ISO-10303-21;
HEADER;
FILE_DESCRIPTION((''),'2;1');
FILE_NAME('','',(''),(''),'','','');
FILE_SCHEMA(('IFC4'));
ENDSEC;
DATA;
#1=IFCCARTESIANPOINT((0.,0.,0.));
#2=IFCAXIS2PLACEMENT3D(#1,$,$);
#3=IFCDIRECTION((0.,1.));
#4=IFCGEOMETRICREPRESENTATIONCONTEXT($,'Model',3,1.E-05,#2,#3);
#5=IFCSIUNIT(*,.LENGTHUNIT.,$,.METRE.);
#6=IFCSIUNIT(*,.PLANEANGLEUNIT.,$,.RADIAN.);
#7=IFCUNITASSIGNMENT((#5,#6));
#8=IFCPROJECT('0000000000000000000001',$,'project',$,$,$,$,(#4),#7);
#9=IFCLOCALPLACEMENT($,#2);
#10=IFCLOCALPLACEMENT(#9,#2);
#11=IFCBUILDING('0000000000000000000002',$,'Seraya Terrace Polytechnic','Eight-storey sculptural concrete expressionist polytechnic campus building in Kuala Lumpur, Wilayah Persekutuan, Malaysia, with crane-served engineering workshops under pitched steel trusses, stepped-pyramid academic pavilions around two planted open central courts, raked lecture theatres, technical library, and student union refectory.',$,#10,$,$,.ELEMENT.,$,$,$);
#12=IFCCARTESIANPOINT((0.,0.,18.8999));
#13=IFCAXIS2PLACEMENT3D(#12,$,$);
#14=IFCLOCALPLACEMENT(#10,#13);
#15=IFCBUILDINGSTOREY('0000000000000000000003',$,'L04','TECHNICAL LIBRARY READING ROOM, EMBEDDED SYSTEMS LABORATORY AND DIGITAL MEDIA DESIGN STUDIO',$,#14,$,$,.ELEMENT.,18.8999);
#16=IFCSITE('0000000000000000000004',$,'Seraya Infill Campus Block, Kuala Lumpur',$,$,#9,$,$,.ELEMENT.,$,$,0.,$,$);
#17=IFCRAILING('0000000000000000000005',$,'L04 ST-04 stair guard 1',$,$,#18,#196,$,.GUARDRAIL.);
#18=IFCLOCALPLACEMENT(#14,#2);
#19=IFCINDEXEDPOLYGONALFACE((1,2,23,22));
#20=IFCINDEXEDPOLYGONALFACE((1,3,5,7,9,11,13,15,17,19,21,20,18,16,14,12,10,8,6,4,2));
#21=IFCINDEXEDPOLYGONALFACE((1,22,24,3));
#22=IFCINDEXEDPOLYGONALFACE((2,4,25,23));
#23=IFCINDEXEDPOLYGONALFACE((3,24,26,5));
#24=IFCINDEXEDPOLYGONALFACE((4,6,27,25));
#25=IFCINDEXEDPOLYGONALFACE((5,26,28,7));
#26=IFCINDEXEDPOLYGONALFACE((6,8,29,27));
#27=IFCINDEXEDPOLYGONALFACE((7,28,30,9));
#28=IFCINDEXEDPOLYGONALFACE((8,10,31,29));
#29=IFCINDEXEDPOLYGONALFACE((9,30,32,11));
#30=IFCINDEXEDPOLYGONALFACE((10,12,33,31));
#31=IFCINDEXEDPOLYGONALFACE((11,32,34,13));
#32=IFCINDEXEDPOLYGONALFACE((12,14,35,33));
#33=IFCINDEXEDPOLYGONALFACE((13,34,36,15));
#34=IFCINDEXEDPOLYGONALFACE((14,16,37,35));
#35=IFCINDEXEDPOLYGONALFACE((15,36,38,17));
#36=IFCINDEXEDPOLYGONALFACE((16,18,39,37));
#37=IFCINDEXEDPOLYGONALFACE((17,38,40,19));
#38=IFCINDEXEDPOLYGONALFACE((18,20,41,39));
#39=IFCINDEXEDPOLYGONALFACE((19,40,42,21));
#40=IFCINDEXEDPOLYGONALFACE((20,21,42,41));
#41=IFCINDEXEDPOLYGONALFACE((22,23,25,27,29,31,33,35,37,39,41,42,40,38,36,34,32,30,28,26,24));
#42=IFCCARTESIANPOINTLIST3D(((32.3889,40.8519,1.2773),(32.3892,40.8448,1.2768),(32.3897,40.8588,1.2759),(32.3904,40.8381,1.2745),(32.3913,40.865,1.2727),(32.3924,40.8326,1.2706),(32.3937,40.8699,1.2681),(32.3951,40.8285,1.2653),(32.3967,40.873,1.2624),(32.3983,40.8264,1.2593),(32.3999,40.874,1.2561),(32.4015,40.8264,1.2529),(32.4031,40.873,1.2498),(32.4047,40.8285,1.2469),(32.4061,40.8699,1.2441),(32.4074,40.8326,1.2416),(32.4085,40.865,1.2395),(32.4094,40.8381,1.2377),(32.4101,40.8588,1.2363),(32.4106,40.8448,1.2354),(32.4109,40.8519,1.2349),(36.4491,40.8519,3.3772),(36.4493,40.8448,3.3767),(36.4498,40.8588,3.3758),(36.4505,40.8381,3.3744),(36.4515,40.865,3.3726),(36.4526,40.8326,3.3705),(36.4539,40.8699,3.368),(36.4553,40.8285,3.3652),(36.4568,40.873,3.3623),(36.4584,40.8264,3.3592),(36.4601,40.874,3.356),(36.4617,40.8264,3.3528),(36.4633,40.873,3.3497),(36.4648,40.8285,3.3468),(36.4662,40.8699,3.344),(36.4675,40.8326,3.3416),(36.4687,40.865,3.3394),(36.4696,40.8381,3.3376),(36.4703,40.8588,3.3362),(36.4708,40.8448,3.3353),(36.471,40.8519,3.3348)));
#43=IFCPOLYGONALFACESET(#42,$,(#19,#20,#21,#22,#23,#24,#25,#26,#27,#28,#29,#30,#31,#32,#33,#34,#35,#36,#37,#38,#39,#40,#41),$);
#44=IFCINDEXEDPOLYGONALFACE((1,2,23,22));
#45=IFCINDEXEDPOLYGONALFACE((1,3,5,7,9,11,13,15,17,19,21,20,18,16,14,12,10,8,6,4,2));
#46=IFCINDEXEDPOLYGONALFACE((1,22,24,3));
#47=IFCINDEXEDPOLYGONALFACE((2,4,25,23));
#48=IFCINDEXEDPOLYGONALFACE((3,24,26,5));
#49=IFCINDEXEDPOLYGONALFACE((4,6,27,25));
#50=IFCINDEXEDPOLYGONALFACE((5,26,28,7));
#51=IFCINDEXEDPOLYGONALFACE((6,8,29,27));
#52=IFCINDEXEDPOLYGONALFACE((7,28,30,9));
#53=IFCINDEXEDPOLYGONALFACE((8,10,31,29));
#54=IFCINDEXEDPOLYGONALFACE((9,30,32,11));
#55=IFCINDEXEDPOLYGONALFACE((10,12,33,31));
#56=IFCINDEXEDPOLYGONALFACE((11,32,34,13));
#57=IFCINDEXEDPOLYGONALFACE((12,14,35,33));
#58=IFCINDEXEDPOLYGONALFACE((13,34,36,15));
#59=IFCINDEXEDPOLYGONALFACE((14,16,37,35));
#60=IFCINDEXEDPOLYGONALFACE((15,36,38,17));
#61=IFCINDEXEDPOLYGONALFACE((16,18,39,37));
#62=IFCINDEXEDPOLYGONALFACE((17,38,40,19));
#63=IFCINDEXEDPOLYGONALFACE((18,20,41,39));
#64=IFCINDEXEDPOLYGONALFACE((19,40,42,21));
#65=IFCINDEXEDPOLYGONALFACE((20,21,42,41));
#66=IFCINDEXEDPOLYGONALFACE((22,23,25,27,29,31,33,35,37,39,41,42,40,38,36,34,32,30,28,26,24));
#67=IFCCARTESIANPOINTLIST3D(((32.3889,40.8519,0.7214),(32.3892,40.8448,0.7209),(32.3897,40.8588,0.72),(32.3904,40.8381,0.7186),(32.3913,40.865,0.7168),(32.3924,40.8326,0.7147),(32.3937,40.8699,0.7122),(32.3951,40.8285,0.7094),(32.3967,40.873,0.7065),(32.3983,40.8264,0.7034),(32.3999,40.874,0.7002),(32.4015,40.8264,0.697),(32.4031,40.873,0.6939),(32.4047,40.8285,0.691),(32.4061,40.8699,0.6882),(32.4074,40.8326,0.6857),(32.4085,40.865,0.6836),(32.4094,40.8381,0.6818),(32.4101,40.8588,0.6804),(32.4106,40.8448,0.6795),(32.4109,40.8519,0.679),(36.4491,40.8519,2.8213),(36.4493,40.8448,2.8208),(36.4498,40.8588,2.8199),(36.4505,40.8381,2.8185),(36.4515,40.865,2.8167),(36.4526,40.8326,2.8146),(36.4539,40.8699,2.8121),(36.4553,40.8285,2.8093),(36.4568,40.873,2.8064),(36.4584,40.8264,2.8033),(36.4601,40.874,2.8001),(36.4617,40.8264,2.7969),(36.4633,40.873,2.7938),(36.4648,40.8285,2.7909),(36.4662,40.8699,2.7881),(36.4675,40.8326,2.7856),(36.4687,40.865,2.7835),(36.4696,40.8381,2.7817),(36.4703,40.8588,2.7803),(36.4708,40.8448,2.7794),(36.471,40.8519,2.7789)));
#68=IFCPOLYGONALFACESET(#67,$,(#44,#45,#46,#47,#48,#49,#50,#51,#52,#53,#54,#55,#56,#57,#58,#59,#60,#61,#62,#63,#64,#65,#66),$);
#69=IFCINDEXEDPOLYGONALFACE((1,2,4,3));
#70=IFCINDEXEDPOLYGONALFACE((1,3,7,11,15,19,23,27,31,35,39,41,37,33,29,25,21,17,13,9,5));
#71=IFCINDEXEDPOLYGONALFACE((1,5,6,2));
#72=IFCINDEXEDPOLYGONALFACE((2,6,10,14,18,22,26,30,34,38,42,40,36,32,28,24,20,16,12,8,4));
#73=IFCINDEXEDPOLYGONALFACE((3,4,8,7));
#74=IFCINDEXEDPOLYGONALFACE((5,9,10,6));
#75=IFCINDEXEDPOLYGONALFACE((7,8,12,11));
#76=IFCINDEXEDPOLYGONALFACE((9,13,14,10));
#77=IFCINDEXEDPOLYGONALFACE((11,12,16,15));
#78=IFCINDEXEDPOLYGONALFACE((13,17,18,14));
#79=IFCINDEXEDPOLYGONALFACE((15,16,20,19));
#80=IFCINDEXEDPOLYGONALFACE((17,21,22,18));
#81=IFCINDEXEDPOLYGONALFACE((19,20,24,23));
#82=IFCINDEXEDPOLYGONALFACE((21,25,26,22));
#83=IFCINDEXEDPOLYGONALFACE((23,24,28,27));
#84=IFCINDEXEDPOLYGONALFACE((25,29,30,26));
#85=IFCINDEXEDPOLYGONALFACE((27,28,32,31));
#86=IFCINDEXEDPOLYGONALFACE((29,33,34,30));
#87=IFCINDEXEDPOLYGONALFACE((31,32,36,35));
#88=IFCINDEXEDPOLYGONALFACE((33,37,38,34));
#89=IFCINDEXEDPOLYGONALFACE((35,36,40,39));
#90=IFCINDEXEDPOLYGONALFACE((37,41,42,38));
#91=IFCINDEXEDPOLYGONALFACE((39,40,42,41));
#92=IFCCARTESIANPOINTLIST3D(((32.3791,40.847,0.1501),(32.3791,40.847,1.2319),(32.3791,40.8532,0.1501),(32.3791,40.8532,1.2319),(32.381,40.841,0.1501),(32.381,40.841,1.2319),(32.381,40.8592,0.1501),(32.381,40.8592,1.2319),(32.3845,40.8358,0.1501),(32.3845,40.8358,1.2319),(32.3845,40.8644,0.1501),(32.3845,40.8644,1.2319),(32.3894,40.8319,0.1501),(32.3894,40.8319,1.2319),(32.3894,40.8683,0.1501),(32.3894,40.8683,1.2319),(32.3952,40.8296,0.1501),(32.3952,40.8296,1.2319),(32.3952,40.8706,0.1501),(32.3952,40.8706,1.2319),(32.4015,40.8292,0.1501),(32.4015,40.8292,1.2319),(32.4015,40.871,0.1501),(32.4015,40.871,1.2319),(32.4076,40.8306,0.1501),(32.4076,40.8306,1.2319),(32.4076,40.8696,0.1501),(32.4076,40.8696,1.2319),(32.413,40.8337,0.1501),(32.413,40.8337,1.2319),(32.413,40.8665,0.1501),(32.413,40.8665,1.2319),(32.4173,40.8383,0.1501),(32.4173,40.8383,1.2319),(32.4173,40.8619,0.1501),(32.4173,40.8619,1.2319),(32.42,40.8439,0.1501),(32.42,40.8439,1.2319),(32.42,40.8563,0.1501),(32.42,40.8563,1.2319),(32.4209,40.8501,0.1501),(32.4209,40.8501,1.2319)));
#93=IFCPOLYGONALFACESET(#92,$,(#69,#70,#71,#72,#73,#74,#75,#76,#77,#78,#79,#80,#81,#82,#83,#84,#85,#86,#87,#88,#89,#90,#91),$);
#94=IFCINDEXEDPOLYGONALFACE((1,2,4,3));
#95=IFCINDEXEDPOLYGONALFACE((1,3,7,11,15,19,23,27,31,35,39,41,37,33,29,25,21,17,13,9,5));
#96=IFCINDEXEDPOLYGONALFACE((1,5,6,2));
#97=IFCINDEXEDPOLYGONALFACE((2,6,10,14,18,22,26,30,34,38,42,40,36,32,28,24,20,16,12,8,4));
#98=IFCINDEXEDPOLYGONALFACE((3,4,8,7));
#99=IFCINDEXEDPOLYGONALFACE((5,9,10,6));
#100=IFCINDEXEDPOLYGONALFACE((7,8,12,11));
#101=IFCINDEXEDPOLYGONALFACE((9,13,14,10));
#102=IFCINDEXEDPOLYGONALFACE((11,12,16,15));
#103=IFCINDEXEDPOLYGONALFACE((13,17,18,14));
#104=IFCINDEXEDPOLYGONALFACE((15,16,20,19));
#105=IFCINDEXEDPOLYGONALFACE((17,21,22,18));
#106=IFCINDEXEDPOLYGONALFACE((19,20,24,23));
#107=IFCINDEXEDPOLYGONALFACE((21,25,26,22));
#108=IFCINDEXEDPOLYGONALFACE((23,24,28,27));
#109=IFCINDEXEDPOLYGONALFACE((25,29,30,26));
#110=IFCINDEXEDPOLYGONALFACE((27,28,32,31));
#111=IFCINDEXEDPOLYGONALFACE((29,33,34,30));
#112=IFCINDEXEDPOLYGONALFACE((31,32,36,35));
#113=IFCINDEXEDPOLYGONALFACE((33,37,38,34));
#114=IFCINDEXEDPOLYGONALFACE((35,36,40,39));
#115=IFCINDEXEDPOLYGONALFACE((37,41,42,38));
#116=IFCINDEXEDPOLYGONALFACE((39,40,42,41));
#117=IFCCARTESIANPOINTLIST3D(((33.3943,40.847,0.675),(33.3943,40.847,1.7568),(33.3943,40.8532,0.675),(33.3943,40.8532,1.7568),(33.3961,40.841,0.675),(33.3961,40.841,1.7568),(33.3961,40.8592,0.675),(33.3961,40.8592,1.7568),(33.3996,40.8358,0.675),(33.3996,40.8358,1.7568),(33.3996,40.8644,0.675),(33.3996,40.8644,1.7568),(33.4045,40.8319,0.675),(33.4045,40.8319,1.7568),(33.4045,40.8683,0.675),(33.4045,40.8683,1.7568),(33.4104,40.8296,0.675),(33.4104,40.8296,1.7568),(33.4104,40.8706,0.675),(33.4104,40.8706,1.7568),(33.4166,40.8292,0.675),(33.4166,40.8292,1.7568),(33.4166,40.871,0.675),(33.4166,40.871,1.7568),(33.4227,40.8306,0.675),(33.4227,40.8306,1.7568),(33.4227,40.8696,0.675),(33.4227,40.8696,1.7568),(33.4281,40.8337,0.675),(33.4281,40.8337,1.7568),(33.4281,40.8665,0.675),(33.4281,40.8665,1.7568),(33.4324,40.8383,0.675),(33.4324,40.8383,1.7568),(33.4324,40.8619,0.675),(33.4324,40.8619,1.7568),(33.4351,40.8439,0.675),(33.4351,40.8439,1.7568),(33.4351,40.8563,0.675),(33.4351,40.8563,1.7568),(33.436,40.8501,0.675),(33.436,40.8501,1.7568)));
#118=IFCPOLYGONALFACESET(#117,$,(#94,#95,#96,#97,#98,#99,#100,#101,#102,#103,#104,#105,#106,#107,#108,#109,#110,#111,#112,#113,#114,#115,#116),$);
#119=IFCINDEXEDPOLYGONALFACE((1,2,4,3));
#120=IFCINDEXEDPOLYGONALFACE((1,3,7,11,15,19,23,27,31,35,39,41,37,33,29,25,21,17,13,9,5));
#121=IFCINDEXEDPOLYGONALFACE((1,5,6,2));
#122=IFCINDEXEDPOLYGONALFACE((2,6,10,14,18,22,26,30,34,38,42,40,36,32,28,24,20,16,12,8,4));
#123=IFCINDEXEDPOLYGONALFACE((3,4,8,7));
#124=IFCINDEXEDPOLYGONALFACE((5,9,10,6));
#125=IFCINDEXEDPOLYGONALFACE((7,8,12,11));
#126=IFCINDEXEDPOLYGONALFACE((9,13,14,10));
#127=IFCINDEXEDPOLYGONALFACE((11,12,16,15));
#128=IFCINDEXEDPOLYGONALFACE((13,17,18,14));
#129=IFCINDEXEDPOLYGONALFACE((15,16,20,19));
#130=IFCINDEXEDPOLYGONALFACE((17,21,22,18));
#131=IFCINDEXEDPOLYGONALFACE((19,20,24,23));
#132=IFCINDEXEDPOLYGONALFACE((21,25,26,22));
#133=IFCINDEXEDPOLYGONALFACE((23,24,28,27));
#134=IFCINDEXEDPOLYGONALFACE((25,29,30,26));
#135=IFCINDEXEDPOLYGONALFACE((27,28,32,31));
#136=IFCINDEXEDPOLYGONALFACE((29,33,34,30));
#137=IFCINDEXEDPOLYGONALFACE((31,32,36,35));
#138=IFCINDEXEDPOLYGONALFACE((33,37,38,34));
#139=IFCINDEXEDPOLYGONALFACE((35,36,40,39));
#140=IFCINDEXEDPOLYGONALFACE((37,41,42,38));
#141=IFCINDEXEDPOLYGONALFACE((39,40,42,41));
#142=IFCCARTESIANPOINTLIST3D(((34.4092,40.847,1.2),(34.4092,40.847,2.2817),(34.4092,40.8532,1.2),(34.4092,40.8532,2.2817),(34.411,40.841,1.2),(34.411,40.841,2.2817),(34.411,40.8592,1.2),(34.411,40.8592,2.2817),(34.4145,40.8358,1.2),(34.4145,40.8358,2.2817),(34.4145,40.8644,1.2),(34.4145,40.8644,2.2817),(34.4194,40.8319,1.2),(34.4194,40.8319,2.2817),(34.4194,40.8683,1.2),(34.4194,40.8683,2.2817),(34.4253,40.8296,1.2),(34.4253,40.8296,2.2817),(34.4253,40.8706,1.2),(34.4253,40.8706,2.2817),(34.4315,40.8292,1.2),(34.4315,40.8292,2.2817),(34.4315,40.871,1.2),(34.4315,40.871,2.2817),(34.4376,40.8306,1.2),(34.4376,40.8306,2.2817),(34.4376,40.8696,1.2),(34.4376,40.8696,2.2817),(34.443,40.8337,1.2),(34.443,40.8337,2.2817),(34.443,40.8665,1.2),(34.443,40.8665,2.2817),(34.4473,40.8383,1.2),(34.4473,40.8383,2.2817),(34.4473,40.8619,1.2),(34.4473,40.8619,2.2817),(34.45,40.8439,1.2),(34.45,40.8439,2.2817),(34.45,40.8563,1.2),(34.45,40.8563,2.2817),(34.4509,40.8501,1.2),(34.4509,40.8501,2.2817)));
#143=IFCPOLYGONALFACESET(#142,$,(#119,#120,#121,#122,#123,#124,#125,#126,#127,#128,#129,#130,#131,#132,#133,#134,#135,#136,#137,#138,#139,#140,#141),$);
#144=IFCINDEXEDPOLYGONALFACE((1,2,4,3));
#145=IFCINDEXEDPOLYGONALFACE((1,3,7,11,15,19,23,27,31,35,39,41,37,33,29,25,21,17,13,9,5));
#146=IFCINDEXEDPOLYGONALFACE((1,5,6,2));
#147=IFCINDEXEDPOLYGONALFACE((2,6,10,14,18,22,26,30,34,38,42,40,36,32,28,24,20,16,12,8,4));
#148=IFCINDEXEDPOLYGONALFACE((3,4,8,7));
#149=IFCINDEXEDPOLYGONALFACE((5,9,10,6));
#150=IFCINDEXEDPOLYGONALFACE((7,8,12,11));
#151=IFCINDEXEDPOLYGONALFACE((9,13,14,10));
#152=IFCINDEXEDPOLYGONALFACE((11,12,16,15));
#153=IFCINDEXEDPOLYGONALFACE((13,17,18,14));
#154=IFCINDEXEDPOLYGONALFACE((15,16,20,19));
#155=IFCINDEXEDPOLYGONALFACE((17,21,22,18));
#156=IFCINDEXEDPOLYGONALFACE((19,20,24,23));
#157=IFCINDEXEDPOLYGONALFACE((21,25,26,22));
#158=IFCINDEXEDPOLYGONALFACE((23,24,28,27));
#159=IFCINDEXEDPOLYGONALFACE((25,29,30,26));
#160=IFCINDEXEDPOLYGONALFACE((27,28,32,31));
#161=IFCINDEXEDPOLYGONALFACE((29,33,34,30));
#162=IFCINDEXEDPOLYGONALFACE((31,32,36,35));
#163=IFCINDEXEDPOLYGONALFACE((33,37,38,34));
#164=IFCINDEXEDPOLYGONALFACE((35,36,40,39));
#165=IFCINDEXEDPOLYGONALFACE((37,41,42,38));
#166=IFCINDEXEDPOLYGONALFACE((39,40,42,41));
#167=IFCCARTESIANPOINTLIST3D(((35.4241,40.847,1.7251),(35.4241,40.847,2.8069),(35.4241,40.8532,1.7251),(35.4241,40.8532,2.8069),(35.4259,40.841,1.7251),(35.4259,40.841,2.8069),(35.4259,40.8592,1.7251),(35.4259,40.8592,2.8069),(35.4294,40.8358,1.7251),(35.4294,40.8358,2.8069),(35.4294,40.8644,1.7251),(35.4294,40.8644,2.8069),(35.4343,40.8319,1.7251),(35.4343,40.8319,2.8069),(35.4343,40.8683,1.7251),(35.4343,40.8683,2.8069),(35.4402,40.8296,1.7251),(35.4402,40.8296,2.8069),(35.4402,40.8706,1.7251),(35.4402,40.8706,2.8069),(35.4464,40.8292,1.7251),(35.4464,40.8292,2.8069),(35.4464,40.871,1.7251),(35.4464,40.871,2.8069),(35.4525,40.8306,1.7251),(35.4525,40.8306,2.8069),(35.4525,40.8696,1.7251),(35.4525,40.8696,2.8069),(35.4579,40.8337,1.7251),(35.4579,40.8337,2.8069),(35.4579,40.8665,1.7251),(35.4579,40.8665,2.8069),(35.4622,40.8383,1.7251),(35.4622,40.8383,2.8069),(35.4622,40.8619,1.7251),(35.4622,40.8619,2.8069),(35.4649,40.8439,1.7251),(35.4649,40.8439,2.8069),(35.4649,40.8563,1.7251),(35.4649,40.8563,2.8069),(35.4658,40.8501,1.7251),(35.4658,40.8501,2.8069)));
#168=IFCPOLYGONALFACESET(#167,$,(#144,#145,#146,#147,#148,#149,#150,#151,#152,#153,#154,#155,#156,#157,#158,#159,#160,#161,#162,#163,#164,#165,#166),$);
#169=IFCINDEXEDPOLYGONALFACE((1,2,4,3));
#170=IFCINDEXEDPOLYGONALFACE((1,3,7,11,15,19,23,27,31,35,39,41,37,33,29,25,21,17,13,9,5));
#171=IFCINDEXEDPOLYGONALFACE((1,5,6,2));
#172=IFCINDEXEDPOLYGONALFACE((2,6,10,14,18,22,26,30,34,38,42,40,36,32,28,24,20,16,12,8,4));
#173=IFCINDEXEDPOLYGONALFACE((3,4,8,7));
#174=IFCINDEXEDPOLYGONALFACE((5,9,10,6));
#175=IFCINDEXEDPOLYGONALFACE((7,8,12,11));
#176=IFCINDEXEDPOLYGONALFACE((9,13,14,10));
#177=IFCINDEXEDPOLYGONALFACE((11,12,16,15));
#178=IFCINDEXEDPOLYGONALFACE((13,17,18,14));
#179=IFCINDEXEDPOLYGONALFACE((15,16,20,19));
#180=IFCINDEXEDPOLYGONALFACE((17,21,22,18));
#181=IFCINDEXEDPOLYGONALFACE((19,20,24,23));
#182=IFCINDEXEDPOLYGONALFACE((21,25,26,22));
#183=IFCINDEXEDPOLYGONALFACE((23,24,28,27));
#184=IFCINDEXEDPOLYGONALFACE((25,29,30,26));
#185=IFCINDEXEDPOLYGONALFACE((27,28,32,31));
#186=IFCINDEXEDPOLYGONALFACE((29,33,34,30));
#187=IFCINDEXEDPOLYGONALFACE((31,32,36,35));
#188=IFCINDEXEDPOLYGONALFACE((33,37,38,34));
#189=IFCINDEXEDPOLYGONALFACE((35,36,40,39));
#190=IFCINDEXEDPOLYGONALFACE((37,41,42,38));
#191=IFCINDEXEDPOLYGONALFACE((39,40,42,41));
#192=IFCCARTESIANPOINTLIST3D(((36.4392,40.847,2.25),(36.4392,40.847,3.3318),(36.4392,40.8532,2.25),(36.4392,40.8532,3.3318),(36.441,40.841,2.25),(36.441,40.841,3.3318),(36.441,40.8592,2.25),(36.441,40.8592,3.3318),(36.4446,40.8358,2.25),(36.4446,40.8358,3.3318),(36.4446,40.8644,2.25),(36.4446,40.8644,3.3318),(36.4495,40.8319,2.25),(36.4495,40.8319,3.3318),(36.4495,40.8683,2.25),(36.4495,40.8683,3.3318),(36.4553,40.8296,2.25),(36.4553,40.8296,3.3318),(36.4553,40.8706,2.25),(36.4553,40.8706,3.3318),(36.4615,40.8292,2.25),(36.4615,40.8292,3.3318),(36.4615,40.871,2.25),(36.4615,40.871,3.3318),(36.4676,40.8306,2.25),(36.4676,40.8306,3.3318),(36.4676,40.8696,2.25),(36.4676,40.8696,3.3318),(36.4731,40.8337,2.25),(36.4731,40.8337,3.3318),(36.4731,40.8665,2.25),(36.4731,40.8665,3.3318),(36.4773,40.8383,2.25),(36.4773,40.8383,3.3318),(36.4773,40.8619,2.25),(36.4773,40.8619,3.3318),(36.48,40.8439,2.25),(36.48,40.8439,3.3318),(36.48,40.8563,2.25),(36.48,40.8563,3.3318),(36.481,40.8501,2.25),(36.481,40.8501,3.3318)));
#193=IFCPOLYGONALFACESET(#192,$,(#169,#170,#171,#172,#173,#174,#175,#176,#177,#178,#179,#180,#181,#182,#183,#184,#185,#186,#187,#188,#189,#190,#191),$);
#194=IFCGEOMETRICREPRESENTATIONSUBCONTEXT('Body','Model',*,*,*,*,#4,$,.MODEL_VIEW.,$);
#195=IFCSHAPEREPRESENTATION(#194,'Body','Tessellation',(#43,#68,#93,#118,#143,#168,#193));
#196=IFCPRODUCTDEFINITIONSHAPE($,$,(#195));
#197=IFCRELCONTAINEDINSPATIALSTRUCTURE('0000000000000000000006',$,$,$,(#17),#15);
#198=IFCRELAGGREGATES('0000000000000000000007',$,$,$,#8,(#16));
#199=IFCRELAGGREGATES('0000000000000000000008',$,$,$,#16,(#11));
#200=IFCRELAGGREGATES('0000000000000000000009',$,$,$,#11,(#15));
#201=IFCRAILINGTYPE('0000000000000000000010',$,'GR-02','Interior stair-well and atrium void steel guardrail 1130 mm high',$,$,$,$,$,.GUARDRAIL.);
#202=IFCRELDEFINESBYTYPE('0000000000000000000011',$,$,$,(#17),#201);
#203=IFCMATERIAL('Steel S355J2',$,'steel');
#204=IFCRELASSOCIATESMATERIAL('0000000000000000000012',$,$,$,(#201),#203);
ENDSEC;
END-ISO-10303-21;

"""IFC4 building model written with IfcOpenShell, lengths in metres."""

from ifc_helpers import new_model, si_unit, direction, frame, origin, origin_2d, place, context, subcontext, project, spatial, circle, extrude, material, type_object, element, save


model = new_model("IFC4")

# Units and contexts
model_context = context("Model", 3, precision=1e-05, world=origin(), true_north=direction((0.0, 1.0)))
body_context = subcontext(model_context, "Body", "Model", "MODEL_VIEW")
ifc_project = project(units=[si_unit("LENGTHUNIT", "METRE"), si_unit("PLANEANGLEUNIT", "RADIAN")], contexts=[model_context])

# Site, building, storey
site_placement = place(None, origin())
site = spatial("IfcSite", under=ifc_project, at=site_placement, Name="Seraya Infill Campus Block, Kuala Lumpur", CompositionType="ELEMENT", RefElevation=0.0)
building_placement = place(site_placement, origin())
building = spatial("IfcBuilding", under=site, at=building_placement, Name="Seraya Terrace Polytechnic", Description="Eight-storey sculptural concrete expressionist polytechnic campus building in Kuala Lumpur, Wilayah Persekutuan, Malaysia, with crane-served engineering workshops under pitched steel trusses, stepped-pyramid academic pavilions around two planted open central courts, raked lecture theatres, technical library, and student union refectory.", CompositionType="ELEMENT")
storey_placement = place(building_placement, frame((0.0, 0.0, 18.8999)))
storey = spatial("IfcBuildingStorey", under=building, at=storey_placement, Name="L04", Description="TECHNICAL LIBRARY READING ROOM, EMBEDDED SYSTEMS LABORATORY AND DIGITAL MEDIA DESIGN STUDIO", CompositionType="ELEMENT", Elevation=18.8999)

# Shared definitions
ifc_material_1 = material(Name="Steel S355J2", Category="steel")

# Railing
railing_type_1 = type_object("IfcRailingType", Name="GR-02", Description="Interior stair-well and atrium void steel guardrail 1130 mm high", PredefinedType="GUARDRAIL", material=ifc_material_1)
railing_1_placement = place(storey_placement, frame((32.3999, 40.8501, 0.1501)))
element("IfcRailing", 1, at=railing_1_placement, inside=storey, type_object=railing_type_1, Name="L04 ST-04 stair guard 1", PredefinedType="GUARDRAIL", context=body_context, shape_type="SweptSolid", body=[
    extrude(circle(Radius=0.0239, at=origin_2d()), frame((0.0, 0.0, 1.106), z_axis=(0.888233, 0.0, 0.459392), x_axis=(0.0, 1.0, 0.0)), (0.0, 0.0, 1.0), 4.571),
    extrude(circle(Radius=0.0239, at=origin_2d()), frame((0.0, 0.0, 0.55), z_axis=(0.888233, 0.0, 0.459392), x_axis=(0.0, 1.0, 0.0)), (0.0, 0.0, 1.0), 4.571),
    extrude(circle(Radius=0.021, at=origin_2d()), origin(), (0.0, 0.0, 1.0), 1.0818),
    extrude(circle(Radius=0.021, at=origin_2d()), frame((1.0151, 0.0, 0.5249)), (0.0, 0.0, 1.0), 1.0818),
    extrude(circle(Radius=0.021, at=origin_2d()), frame((2.03, 0.0, 1.0498)), (0.0, 0.0, 1.0), 1.0818),
    extrude(circle(Radius=0.021, at=origin_2d()), frame((3.0449, 0.0, 1.575)), (0.0, 0.0, 1.0), 1.0818),
    extrude(circle(Radius=0.021, at=origin_2d()), frame((4.0601, 0.0, 2.0999)), (0.0, 0.0, 1.0), 1.0818),
])

save(model, "model.ifc")
